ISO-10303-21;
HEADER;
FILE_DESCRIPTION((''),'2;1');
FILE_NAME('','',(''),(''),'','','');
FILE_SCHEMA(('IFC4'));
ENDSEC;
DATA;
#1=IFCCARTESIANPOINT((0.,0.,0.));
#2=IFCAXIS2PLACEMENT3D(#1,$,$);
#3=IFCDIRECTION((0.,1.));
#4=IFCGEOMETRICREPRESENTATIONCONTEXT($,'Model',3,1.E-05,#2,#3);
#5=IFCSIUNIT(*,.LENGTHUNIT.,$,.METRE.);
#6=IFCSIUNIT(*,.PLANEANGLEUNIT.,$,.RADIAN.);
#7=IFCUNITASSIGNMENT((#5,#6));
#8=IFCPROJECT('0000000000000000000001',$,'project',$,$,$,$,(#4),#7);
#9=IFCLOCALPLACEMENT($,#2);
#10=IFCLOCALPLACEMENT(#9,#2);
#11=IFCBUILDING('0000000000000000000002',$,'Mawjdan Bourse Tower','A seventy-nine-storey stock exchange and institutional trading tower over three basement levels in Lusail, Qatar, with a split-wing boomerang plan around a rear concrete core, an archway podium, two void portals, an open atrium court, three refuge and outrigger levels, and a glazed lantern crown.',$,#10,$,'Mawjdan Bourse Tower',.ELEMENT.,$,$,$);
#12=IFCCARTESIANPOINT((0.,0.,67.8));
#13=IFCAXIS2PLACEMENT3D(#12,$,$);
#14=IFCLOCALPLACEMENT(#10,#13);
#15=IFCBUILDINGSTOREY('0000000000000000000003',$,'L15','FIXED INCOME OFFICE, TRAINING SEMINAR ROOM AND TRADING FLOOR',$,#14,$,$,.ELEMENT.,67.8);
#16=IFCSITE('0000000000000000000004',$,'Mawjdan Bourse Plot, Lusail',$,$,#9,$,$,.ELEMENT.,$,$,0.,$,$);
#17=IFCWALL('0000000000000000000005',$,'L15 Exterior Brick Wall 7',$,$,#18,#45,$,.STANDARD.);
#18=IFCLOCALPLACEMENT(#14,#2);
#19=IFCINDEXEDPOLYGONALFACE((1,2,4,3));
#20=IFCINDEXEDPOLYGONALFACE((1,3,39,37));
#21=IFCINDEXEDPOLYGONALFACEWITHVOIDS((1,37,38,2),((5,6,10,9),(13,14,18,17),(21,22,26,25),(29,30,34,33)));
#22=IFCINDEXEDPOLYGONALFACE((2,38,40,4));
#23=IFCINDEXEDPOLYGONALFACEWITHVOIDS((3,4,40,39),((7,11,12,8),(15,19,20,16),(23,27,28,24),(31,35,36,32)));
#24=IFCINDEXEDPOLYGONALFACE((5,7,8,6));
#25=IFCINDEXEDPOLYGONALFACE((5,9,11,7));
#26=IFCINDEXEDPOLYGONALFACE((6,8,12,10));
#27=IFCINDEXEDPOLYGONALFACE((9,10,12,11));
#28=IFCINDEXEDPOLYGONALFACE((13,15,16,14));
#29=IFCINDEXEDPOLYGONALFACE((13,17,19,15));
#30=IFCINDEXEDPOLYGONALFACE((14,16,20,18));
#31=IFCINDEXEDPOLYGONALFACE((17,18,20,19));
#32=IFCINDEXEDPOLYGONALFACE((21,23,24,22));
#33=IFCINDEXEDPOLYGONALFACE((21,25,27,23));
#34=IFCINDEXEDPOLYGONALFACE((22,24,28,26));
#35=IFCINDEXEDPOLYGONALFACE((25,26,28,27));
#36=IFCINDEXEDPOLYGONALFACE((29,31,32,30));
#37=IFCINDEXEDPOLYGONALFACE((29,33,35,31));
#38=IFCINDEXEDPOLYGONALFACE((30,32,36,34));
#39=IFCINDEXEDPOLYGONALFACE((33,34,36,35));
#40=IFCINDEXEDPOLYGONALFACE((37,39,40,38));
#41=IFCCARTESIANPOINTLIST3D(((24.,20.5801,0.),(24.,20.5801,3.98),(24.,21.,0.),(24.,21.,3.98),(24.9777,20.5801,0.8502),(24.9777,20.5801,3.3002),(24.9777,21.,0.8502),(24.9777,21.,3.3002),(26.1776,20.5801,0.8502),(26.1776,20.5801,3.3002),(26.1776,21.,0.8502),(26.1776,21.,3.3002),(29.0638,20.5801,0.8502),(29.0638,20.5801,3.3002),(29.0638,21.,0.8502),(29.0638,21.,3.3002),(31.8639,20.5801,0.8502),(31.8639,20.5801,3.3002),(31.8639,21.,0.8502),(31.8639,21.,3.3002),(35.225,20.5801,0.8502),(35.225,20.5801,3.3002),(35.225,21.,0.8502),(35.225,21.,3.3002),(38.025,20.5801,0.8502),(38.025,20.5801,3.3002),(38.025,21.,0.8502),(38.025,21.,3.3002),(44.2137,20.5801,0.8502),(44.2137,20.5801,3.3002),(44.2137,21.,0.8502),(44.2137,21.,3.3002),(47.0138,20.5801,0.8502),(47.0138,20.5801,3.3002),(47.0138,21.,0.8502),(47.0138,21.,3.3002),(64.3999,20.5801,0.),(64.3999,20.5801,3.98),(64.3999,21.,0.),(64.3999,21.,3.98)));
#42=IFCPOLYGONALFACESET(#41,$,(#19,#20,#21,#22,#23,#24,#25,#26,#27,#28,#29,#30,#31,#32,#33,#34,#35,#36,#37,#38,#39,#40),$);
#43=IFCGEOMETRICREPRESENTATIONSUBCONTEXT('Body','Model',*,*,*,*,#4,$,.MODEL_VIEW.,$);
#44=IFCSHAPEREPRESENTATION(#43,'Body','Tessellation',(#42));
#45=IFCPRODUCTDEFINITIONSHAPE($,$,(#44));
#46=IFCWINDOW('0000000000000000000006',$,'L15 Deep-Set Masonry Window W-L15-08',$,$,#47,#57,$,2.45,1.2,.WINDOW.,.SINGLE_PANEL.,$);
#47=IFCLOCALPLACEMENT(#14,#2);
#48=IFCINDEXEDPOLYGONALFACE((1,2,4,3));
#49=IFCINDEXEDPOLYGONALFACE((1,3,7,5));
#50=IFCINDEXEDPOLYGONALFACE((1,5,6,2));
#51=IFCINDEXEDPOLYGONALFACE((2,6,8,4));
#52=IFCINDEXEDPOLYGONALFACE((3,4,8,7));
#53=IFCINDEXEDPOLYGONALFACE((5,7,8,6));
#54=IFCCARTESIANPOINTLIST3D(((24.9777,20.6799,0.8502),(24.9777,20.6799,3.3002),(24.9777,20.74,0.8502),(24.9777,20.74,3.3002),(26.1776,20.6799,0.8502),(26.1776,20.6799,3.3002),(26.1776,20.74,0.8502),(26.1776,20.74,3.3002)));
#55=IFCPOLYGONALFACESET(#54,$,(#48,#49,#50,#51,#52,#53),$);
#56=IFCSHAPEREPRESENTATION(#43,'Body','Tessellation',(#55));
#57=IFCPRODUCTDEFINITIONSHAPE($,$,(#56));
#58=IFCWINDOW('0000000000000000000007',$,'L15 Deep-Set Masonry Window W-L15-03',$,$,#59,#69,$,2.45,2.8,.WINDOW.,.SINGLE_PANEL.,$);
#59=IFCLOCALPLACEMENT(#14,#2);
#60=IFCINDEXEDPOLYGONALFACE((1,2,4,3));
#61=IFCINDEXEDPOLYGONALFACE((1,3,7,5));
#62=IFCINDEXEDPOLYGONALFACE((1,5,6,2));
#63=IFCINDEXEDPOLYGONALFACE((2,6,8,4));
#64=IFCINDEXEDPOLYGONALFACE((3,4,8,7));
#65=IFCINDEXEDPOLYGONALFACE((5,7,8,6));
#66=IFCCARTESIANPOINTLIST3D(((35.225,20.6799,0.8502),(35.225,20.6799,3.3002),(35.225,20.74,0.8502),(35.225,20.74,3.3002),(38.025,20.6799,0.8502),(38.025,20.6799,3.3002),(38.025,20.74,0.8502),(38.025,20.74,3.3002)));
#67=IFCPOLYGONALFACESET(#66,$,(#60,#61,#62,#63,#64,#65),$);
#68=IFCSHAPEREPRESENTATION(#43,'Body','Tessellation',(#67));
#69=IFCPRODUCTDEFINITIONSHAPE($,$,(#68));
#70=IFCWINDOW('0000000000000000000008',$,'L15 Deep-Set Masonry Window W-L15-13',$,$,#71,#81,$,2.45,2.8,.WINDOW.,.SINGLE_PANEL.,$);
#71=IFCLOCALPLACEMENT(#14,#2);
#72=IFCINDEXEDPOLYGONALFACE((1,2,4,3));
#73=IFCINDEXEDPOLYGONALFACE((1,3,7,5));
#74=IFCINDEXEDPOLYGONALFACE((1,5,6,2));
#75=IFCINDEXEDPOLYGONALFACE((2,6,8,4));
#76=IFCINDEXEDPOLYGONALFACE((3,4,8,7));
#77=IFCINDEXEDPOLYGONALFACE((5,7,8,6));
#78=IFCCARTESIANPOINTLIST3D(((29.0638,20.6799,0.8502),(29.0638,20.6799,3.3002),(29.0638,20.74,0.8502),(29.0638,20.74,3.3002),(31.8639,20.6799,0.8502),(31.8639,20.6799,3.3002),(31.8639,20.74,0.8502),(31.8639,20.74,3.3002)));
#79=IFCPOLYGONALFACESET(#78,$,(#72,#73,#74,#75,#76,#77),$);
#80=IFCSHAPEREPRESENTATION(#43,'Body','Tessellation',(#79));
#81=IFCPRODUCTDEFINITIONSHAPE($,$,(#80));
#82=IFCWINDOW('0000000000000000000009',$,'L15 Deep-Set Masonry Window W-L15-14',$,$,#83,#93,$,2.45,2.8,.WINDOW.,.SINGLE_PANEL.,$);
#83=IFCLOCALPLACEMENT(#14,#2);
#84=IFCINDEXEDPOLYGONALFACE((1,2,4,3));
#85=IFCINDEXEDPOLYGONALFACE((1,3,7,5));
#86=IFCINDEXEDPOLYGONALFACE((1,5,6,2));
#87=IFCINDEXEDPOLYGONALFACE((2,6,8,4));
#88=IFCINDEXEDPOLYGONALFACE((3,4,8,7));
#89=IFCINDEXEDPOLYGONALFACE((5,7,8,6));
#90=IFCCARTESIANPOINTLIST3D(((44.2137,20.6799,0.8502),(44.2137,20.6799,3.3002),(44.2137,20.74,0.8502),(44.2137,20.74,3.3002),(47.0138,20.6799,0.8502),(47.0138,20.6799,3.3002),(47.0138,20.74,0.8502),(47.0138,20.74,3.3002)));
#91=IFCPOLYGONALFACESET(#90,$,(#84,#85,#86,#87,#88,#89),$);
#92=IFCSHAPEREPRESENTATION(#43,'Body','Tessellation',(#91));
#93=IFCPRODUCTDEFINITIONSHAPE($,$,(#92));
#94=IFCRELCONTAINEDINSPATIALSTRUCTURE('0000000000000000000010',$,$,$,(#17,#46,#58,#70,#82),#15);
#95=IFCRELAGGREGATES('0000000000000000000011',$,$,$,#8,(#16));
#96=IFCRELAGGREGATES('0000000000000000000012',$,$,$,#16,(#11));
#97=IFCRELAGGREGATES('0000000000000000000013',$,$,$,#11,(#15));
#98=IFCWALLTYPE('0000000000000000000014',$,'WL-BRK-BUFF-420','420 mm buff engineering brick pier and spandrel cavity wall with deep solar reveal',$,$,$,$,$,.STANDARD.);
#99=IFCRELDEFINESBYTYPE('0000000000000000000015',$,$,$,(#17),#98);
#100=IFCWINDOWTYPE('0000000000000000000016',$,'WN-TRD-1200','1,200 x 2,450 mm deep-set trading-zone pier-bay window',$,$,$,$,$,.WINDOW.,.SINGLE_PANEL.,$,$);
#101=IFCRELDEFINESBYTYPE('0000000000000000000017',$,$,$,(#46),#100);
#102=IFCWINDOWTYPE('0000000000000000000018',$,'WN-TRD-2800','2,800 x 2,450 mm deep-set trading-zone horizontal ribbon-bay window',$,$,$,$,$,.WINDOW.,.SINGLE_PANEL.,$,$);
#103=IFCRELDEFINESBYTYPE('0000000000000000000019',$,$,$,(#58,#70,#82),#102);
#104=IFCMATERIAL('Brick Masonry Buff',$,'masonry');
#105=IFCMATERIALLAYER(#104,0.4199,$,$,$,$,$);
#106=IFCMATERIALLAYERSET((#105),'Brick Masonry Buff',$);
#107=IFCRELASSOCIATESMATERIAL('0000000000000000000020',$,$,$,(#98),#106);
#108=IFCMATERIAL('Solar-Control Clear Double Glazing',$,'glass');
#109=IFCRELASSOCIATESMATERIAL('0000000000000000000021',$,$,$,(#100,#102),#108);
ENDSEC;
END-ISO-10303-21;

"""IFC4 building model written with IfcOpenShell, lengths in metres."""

from ifc_helpers import new_model, si_unit, direction, frame, frame_2d, origin, place, context, subcontext, project, spatial, rectangle, extrude, material, layer, layer_set, type_object, element, fill, save


model = new_model("IFC4")

# Units and contexts
model_context = context("Model", 3, precision=1e-05, world=origin(), true_north=direction((0.0, 1.0)))
body_context = subcontext(model_context, "Body", "Model", "MODEL_VIEW")
ifc_project = project(units=[si_unit("LENGTHUNIT", "METRE"), si_unit("PLANEANGLEUNIT", "RADIAN")], contexts=[model_context])

# Site, building, storey
site_placement = place(None, origin())
site = spatial("IfcSite", under=ifc_project, at=site_placement, Name="Mawjdan Bourse Plot, Lusail", CompositionType="ELEMENT", RefElevation=0.0)
building_placement = place(site_placement, origin())
building = spatial("IfcBuilding", under=site, at=building_placement, Name="Mawjdan Bourse Tower", Description="A seventy-nine-storey stock exchange and institutional trading tower over three basement levels in Lusail, Qatar, with a split-wing boomerang plan around a rear concrete core, an archway podium, two void portals, an open atrium court, three refuge and outrigger levels, and a glazed lantern crown.", LongName="Mawjdan Bourse Tower", CompositionType="ELEMENT")
storey_placement = place(building_placement, frame((0.0, 0.0, 67.8)))
storey = spatial("IfcBuildingStorey", under=building, at=storey_placement, Name="L15", Description="FIXED INCOME OFFICE, TRAINING SEMINAR ROOM AND TRADING FLOOR", CompositionType="ELEMENT", Elevation=67.8)

# Shared definitions
ifc_material_1 = material(Name="Brick Masonry Buff", Category="masonry")
ifc_layer = layer(ifc_material_1, 0.4199)
ifc_layer_set = layer_set([ifc_layer], Name="Brick Masonry Buff")
wall_type = type_object("IfcWallType", Name="WL-BRK-BUFF-420", Description="420 mm buff engineering brick pier and spandrel cavity wall with deep solar reveal", PredefinedType="STANDARD", material=ifc_layer_set)

# Wall, openings, windows
wall_placement = place(storey_placement, frame((64.3999, 20.79, 0.0), z_axis=(0.0, 0.0, 1.0), x_axis=(-1.0, 0.0, 0.0)))
wall = element("IfcWall", 1, at=wall_placement, inside=storey, type_object=wall_type, Name="L15 Exterior Brick Wall 7", PredefinedType="STANDARD", context=body_context, shape_type="SweptSolid", body=[
    extrude(rectangle(XDim=40.3999, YDim=0.4199, at=frame_2d((20.2, 0.0))), origin(), (0.0, 0.0, 1.0), 3.98),
])
opening_1_placement = place(wall_placement, frame((26.375, 0.0, 0.8501)))
opening_1 = element("IfcOpeningElement", 2, at=opening_1_placement, cuts=wall, PredefinedType="OPENING", context=body_context, shape_type="SweptSolid", body=[
    extrude(rectangle(XDim=2.8, YDim=2.45, at=frame_2d((1.3999, 1.2251))), frame((0.0, 0.22, 0.0), z_axis=(0.0, -1.0, 0.0), x_axis=(1.0, 0.0, 0.0)), (0.0, 0.0, 1.0), 0.4399),
])
opening_2_placement = place(wall_placement, frame((38.2222, 0.0, 0.8501)))
opening_2 = element("IfcOpeningElement", 3, at=opening_2_placement, cuts=wall, PredefinedType="OPENING", context=body_context, shape_type="SweptSolid", body=[
    extrude(rectangle(XDim=1.2, YDim=2.45, at=frame_2d((0.6001, 1.2251))), frame((0.0, 0.22, 0.0), z_axis=(0.0, -1.0, 0.0), x_axis=(1.0, 0.0, 0.0)), (0.0, 0.0, 1.0), 0.4399),
])
opening_3_placement = place(wall_placement, frame((32.5361, 0.0, 0.8501)))
opening_3 = element("IfcOpeningElement", 4, at=opening_3_placement, cuts=wall, PredefinedType="OPENING", context=body_context, shape_type="SweptSolid", body=[
    extrude(rectangle(XDim=2.8, YDim=2.45, at=frame_2d((1.3999, 1.2251))), frame((0.0, 0.22, 0.0), z_axis=(0.0, -1.0, 0.0), x_axis=(1.0, 0.0, 0.0)), (0.0, 0.0, 1.0), 0.4399),
])
opening_4_placement = place(wall_placement, frame((17.3862, 0.0, 0.8501)))
opening_4 = element("IfcOpeningElement", 5, at=opening_4_placement, cuts=wall, PredefinedType="OPENING", context=body_context, shape_type="SweptSolid", body=[
    extrude(rectangle(XDim=2.8, YDim=2.45, at=frame_2d((1.3999, 1.2251))), frame((0.0, 0.22, 0.0), z_axis=(0.0, -1.0, 0.0), x_axis=(1.0, 0.0, 0.0)), (0.0, 0.0, 1.0), 0.4399),
])
ifc_material_2 = material(Name="Solar-Control Clear Double Glazing", Category="glass")
window_type_1 = type_object("IfcWindowType", Name="WN-TRD-1200", Description="1,200 x 2,450 mm deep-set trading-zone pier-bay window", PartitioningType="SINGLE_PANEL", PredefinedType="WINDOW", material=ifc_material_2)
window_1_placement = place(opening_2_placement, origin())
window_1 = element("IfcWindow", 6, at=window_1_placement, inside=storey, type_object=window_type_1, Name="L15 Deep-Set Masonry Window W-L15-08", OverallHeight=2.45, OverallWidth=1.2, PartitioningType="SINGLE_PANEL", PredefinedType="WINDOW", context=body_context, shape_type="SweptSolid", body=[
    extrude(rectangle(XDim=1.2, YDim=2.45, at=frame_2d((0.6001, 1.2251))), frame((0.0, 0.1101, 0.0), z_axis=(0.0, -1.0, 0.0), x_axis=(1.0, 0.0, 0.0)), (0.0, 0.0, 1.0), 0.0601),
])
fill(opening_2, window_1)
window_type_2 = type_object("IfcWindowType", Name="WN-TRD-2800", Description="2,800 x 2,450 mm deep-set trading-zone horizontal ribbon-bay window", PartitioningType="SINGLE_PANEL", PredefinedType="WINDOW", material=ifc_material_2)
window_2_placement = place(opening_1_placement, origin())
window_2 = element("IfcWindow", 7, at=window_2_placement, inside=storey, type_object=window_type_2, Name="L15 Deep-Set Masonry Window W-L15-03", OverallHeight=2.45, OverallWidth=2.8, PartitioningType="SINGLE_PANEL", PredefinedType="WINDOW", context=body_context, shape_type="SweptSolid", body=[
    extrude(rectangle(XDim=2.8, YDim=2.45, at=frame_2d((1.3999, 1.2251))), frame((0.0, 0.1101, 0.0), z_axis=(0.0, -1.0, 0.0), x_axis=(1.0, 0.0, 0.0)), (0.0, 0.0, 1.0), 0.0601),
])
fill(opening_1, window_2)
window_3_placement = place(opening_3_placement, origin())
window_3 = element("IfcWindow", 8, at=window_3_placement, inside=storey, type_object=window_type_2, Name="L15 Deep-Set Masonry Window W-L15-13", OverallHeight=2.45, OverallWidth=2.8, PartitioningType="SINGLE_PANEL", PredefinedType="WINDOW", context=body_context, shape_type="SweptSolid", body=[
    extrude(rectangle(XDim=2.8, YDim=2.45, at=frame_2d((1.3999, 1.2251))), frame((0.0, 0.1101, 0.0), z_axis=(0.0, -1.0, 0.0), x_axis=(1.0, 0.0, 0.0)), (0.0, 0.0, 1.0), 0.0601),
])
fill(opening_3, window_3)
window_4_placement = place(opening_4_placement, origin())
window_4 = element("IfcWindow", 9, at=window_4_placement, inside=storey, type_object=window_type_2, Name="L15 Deep-Set Masonry Window W-L15-14", OverallHeight=2.45, OverallWidth=2.8, PartitioningType="SINGLE_PANEL", PredefinedType="WINDOW", context=body_context, shape_type="SweptSolid", body=[
    extrude(rectangle(XDim=2.8, YDim=2.45, at=frame_2d((1.3999, 1.2251))), frame((0.0, 0.1101, 0.0), z_axis=(0.0, -1.0, 0.0), x_axis=(1.0, 0.0, 0.0)), (0.0, 0.0, 1.0), 0.0601),
])
fill(opening_4, window_4)

save(model, "model.ifc")
